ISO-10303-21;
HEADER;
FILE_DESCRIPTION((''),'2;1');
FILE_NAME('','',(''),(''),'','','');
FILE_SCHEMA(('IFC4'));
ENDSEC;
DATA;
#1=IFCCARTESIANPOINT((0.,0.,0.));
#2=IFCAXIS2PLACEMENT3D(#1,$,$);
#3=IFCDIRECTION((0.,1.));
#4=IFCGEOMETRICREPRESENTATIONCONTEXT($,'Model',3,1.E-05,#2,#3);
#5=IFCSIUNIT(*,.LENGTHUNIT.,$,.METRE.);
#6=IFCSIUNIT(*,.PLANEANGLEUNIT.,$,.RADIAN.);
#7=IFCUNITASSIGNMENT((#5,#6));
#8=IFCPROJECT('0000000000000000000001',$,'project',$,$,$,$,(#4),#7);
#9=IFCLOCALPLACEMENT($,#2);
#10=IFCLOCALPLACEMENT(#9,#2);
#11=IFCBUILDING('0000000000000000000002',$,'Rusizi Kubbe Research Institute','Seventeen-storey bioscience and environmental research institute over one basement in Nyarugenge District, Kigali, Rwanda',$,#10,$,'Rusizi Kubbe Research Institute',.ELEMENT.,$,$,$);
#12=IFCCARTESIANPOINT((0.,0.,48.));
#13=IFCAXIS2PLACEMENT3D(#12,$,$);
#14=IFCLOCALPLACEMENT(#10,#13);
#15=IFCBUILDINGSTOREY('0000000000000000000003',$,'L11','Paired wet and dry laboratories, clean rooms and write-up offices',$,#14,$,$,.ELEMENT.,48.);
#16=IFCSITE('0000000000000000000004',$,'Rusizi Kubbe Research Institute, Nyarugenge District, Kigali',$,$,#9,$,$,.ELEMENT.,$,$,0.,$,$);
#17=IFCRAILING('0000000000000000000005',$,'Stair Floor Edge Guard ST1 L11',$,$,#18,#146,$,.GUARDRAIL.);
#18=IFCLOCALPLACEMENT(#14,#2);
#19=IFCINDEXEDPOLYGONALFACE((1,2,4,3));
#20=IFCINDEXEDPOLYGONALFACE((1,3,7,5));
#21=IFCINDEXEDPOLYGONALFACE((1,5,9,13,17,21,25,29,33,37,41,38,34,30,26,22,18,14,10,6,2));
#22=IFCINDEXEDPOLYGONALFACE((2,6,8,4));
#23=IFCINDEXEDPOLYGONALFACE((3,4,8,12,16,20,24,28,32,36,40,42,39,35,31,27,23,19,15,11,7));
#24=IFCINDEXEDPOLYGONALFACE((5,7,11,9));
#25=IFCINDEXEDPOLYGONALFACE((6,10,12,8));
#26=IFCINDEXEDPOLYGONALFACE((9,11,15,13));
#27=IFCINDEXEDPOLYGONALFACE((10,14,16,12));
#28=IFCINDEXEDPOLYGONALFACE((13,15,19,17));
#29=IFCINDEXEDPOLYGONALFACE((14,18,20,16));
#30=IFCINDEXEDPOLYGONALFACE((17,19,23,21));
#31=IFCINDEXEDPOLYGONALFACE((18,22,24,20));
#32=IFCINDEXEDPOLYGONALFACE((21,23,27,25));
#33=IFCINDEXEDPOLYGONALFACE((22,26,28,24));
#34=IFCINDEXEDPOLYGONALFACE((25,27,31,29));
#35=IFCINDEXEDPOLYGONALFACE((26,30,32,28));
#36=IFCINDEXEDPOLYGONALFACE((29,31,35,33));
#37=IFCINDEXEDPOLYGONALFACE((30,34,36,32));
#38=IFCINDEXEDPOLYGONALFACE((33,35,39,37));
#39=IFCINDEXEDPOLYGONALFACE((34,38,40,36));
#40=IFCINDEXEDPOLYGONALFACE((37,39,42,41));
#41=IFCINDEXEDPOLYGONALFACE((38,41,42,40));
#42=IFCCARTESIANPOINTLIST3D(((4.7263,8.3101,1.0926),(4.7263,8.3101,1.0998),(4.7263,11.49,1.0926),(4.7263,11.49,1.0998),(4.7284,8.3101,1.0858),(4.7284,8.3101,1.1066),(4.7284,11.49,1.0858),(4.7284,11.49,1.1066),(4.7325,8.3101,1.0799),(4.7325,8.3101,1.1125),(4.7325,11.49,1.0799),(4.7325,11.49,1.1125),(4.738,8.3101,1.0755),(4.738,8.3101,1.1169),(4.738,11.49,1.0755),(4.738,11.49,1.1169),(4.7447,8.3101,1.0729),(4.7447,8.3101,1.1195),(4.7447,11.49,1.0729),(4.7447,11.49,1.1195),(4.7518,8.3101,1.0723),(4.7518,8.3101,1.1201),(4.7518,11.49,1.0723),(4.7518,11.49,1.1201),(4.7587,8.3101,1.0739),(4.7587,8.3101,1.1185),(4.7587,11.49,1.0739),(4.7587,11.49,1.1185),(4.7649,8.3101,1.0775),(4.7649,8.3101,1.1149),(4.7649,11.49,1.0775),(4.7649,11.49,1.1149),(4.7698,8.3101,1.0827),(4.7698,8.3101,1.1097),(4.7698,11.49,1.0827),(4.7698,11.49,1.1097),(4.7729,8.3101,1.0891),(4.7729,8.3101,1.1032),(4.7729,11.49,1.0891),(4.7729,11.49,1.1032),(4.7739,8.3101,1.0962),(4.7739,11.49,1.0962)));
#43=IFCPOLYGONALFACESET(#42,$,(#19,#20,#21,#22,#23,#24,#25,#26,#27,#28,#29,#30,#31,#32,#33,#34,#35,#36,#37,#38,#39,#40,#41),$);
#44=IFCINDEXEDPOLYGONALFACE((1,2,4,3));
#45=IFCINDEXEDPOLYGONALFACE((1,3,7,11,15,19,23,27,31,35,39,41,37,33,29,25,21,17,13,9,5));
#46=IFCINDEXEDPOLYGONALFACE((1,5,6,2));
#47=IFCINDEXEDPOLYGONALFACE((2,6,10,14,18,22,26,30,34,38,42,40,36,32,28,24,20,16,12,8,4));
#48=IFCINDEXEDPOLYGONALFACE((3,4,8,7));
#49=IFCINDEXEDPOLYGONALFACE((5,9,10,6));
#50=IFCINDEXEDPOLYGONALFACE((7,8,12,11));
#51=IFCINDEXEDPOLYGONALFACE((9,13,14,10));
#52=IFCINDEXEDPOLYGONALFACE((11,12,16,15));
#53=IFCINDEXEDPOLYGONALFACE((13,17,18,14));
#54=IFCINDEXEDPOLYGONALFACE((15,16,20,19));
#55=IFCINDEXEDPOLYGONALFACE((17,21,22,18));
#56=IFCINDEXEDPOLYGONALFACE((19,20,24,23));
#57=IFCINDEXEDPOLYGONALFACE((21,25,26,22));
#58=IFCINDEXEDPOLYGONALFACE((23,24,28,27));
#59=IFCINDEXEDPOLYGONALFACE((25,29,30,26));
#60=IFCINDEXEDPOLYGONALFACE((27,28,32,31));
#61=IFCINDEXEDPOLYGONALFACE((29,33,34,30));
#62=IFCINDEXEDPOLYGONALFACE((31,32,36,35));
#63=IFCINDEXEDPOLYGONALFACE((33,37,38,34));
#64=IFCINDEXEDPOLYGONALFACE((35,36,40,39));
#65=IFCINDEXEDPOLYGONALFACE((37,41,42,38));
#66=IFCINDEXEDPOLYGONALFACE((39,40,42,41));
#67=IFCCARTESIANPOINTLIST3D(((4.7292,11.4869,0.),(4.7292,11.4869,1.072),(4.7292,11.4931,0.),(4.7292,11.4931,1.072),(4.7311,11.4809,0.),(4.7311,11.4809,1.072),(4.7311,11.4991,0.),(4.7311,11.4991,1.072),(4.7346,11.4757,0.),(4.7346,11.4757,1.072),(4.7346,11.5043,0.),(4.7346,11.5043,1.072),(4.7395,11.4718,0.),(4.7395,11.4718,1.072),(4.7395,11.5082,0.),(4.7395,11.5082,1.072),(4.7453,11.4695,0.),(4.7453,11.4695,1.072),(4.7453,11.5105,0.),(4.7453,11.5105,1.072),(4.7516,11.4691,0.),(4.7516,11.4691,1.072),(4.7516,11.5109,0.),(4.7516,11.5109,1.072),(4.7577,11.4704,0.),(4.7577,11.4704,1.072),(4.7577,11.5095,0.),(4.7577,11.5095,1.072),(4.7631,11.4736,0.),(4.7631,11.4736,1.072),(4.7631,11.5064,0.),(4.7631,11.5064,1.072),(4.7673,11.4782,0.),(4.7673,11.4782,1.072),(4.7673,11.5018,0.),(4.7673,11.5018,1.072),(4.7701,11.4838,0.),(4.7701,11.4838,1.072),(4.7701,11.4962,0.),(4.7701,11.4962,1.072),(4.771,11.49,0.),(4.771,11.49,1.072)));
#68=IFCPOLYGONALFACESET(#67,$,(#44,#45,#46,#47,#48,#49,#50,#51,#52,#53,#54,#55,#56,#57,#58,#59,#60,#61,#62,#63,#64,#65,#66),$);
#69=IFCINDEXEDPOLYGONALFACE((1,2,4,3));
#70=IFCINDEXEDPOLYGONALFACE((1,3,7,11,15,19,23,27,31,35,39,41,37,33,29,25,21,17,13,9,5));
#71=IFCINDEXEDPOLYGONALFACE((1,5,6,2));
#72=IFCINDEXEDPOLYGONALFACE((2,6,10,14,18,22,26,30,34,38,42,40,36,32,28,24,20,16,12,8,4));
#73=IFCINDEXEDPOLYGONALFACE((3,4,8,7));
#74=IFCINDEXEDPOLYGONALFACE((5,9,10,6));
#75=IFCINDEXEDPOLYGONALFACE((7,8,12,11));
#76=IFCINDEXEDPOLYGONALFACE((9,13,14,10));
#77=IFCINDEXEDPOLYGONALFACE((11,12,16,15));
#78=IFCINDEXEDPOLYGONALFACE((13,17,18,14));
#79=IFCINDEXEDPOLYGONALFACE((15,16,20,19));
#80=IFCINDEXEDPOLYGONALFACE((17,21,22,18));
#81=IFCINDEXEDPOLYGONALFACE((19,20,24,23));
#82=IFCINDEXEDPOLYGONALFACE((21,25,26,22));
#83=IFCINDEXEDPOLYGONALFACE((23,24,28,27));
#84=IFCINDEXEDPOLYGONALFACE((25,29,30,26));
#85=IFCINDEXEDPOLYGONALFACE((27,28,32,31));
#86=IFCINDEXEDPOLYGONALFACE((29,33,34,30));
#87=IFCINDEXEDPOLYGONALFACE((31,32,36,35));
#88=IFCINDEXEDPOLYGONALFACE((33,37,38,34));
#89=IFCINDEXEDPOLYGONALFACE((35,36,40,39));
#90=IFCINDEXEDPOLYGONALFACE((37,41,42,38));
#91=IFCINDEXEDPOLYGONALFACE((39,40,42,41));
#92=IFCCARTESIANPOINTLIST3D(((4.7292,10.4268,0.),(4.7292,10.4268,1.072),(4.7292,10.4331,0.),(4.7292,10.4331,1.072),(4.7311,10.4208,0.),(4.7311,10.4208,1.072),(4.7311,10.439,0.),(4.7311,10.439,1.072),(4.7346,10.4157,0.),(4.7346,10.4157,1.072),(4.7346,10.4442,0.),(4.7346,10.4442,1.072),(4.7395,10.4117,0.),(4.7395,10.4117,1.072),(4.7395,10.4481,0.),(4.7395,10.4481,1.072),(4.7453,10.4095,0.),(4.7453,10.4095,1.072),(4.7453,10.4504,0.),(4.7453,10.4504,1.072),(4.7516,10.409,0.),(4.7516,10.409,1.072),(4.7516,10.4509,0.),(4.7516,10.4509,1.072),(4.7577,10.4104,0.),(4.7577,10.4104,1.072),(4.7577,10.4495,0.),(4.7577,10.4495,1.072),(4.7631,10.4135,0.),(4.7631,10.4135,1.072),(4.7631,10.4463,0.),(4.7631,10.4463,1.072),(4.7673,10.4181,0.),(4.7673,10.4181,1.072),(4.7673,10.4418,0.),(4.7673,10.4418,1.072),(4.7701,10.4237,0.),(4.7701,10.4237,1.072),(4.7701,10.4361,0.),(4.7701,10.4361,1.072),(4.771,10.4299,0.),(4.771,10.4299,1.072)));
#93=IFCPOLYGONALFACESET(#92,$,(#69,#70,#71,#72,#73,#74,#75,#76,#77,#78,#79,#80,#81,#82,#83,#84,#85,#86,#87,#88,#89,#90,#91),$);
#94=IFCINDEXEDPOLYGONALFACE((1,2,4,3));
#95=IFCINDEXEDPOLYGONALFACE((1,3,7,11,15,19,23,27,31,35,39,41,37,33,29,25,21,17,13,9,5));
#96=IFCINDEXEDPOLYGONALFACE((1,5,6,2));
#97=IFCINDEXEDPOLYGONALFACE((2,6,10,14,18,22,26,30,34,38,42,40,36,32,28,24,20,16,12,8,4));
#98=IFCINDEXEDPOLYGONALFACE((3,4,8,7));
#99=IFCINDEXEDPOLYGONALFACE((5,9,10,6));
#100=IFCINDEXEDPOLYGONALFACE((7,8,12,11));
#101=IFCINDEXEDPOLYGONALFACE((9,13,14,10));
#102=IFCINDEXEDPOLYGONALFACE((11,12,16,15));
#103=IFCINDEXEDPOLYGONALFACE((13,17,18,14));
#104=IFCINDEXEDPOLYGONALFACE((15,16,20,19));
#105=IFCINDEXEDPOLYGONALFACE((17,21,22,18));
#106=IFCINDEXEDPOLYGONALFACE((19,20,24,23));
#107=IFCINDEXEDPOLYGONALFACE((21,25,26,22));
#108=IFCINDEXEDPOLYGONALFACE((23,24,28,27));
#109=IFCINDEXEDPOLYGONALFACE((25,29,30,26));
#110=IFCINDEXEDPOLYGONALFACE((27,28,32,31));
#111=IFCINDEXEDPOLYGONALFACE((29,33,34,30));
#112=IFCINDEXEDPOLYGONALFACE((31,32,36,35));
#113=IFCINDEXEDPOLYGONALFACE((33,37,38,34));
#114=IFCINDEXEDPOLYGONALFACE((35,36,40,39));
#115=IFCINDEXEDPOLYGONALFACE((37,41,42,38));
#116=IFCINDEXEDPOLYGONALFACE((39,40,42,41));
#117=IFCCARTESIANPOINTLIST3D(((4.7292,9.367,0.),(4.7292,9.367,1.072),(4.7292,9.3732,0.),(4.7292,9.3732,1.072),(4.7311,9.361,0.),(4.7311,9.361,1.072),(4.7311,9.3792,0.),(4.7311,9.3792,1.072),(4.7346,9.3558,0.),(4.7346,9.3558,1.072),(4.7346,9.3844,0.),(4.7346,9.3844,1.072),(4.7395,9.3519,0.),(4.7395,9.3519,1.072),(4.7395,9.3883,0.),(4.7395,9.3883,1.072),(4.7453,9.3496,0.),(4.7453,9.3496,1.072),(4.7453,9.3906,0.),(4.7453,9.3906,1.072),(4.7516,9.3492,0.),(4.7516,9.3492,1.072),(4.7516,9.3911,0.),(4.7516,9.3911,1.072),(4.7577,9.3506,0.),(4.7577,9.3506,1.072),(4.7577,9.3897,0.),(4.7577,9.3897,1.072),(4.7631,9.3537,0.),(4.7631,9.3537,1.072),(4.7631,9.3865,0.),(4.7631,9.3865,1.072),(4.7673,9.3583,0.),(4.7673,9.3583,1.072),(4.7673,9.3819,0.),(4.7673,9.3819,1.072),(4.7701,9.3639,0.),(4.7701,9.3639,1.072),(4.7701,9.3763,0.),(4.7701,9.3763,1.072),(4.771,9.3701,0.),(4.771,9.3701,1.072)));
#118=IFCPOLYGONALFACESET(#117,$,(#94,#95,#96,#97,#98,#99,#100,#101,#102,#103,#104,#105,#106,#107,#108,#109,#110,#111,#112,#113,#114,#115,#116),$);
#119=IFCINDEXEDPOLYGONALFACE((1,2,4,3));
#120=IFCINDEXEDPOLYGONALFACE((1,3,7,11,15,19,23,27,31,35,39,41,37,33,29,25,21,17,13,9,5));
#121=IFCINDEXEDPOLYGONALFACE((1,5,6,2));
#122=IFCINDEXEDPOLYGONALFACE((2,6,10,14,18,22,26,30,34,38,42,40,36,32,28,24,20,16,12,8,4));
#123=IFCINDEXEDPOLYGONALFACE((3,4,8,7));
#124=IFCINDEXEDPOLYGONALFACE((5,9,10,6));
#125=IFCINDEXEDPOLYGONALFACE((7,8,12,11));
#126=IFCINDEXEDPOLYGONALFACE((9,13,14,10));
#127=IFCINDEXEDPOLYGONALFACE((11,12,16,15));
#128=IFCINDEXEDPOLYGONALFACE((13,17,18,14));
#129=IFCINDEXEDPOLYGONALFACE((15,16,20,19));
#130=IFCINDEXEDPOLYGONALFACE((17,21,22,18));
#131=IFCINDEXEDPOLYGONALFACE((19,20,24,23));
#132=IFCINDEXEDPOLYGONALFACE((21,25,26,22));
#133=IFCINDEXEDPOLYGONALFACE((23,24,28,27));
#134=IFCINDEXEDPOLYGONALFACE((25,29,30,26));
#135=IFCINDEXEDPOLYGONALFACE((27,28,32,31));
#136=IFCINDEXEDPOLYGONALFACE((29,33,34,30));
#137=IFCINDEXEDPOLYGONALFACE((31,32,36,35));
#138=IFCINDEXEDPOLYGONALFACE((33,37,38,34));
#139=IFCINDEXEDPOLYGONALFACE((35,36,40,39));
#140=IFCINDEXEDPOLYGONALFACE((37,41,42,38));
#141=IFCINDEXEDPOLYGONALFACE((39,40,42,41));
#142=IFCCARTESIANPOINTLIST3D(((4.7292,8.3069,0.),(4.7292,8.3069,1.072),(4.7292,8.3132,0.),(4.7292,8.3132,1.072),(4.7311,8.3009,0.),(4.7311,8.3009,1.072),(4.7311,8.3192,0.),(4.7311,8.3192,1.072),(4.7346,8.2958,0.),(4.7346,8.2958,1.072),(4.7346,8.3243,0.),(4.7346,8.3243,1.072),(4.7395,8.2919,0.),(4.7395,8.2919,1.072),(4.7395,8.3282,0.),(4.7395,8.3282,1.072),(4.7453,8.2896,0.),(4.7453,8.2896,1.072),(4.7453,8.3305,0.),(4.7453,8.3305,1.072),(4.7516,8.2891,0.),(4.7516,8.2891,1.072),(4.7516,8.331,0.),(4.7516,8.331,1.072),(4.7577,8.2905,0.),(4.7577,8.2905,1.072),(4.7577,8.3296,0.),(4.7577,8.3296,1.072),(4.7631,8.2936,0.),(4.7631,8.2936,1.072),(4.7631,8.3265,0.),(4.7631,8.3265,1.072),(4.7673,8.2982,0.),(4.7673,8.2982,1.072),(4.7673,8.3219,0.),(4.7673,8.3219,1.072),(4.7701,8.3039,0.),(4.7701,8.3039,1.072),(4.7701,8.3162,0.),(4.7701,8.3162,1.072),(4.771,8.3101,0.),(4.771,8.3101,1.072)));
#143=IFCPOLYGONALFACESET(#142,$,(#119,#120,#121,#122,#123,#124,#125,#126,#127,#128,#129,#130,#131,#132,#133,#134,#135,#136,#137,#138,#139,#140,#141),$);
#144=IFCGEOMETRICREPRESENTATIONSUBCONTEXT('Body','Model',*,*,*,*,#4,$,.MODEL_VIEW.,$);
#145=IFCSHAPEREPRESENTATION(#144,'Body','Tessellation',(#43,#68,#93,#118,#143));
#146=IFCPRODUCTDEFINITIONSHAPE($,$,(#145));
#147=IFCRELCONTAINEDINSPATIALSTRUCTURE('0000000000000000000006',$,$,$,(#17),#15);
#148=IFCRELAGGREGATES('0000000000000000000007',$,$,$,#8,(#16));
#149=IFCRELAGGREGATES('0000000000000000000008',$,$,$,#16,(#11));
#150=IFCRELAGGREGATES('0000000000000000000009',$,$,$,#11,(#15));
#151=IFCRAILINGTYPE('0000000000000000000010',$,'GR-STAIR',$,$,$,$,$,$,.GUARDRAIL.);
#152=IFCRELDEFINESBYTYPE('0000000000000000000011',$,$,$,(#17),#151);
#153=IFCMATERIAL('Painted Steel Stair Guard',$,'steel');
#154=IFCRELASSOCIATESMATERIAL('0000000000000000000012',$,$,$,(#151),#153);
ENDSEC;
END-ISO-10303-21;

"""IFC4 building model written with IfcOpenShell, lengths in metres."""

from ifc_helpers import new_model, si_unit, direction, frame, origin, origin_2d, place, context, subcontext, project, spatial, circle, extrude, material, type_object, element, save


model = new_model("IFC4")

# Units and contexts
model_context = context("Model", 3, precision=1e-05, world=origin(), true_north=direction((0.0, 1.0)))
body_context = subcontext(model_context, "Body", "Model", "MODEL_VIEW")
ifc_project = project(units=[si_unit("LENGTHUNIT", "METRE"), si_unit("PLANEANGLEUNIT", "RADIAN")], contexts=[model_context])

# Site, building, storey
site_placement = place(None, origin())
site = spatial("IfcSite", under=ifc_project, at=site_placement, Name="Rusizi Kubbe Research Institute, Nyarugenge District, Kigali", CompositionType="ELEMENT", RefElevation=0.0)
building_placement = place(site_placement, origin())
building = spatial("IfcBuilding", under=site, at=building_placement, Name="Rusizi Kubbe Research Institute", Description="Seventeen-storey bioscience and environmental research institute over one basement in Nyarugenge District, Kigali, Rwanda", LongName="Rusizi Kubbe Research Institute", CompositionType="ELEMENT")
storey_placement = place(building_placement, frame((0.0, 0.0, 48.0)))
storey = spatial("IfcBuildingStorey", under=building, at=storey_placement, Name="L11", Description="Paired wet and dry laboratories, clean rooms and write-up offices", CompositionType="ELEMENT", Elevation=48.0)

# Railing
ifc_material_1 = material(Name="Painted Steel Stair Guard", Category="steel")
railing_type_1 = type_object("IfcRailingType", Name="GR-STAIR", PredefinedType="GUARDRAIL", material=ifc_material_1)
railing_1_placement = place(storey_placement, frame((4.75, 11.49, 0.0)))
element("IfcRailing", 1, at=railing_1_placement, inside=storey, type_object=railing_type_1, Name="Stair Floor Edge Guard ST1 L11", PredefinedType="GUARDRAIL", context=body_context, shape_type="SweptSolid", body=[
    extrude(circle(Radius=0.0239, at=origin_2d()), frame((0.0, 0.0, 1.0962), z_axis=(0.0, -1.0, 0.0), x_axis=(1.0, 0.0, 0.0)), (0.0, 0.0, 1.0), 3.1799),
    extrude(circle(Radius=0.021, at=origin_2d()), origin(), (0.0, 0.0, 1.0), 1.072),
    extrude(circle(Radius=0.021, at=origin_2d()), frame((0.0, -1.0601, 0.0)), (0.0, 0.0, 1.0), 1.072),
    extrude(circle(Radius=0.021, at=origin_2d()), frame((0.0, -2.1199, 0.0)), (0.0, 0.0, 1.0), 1.072),
    extrude(circle(Radius=0.021, at=origin_2d()), frame((0.0, -3.1799, 0.0)), (0.0, 0.0, 1.0), 1.072),
])

save(model, "model.ifc")
